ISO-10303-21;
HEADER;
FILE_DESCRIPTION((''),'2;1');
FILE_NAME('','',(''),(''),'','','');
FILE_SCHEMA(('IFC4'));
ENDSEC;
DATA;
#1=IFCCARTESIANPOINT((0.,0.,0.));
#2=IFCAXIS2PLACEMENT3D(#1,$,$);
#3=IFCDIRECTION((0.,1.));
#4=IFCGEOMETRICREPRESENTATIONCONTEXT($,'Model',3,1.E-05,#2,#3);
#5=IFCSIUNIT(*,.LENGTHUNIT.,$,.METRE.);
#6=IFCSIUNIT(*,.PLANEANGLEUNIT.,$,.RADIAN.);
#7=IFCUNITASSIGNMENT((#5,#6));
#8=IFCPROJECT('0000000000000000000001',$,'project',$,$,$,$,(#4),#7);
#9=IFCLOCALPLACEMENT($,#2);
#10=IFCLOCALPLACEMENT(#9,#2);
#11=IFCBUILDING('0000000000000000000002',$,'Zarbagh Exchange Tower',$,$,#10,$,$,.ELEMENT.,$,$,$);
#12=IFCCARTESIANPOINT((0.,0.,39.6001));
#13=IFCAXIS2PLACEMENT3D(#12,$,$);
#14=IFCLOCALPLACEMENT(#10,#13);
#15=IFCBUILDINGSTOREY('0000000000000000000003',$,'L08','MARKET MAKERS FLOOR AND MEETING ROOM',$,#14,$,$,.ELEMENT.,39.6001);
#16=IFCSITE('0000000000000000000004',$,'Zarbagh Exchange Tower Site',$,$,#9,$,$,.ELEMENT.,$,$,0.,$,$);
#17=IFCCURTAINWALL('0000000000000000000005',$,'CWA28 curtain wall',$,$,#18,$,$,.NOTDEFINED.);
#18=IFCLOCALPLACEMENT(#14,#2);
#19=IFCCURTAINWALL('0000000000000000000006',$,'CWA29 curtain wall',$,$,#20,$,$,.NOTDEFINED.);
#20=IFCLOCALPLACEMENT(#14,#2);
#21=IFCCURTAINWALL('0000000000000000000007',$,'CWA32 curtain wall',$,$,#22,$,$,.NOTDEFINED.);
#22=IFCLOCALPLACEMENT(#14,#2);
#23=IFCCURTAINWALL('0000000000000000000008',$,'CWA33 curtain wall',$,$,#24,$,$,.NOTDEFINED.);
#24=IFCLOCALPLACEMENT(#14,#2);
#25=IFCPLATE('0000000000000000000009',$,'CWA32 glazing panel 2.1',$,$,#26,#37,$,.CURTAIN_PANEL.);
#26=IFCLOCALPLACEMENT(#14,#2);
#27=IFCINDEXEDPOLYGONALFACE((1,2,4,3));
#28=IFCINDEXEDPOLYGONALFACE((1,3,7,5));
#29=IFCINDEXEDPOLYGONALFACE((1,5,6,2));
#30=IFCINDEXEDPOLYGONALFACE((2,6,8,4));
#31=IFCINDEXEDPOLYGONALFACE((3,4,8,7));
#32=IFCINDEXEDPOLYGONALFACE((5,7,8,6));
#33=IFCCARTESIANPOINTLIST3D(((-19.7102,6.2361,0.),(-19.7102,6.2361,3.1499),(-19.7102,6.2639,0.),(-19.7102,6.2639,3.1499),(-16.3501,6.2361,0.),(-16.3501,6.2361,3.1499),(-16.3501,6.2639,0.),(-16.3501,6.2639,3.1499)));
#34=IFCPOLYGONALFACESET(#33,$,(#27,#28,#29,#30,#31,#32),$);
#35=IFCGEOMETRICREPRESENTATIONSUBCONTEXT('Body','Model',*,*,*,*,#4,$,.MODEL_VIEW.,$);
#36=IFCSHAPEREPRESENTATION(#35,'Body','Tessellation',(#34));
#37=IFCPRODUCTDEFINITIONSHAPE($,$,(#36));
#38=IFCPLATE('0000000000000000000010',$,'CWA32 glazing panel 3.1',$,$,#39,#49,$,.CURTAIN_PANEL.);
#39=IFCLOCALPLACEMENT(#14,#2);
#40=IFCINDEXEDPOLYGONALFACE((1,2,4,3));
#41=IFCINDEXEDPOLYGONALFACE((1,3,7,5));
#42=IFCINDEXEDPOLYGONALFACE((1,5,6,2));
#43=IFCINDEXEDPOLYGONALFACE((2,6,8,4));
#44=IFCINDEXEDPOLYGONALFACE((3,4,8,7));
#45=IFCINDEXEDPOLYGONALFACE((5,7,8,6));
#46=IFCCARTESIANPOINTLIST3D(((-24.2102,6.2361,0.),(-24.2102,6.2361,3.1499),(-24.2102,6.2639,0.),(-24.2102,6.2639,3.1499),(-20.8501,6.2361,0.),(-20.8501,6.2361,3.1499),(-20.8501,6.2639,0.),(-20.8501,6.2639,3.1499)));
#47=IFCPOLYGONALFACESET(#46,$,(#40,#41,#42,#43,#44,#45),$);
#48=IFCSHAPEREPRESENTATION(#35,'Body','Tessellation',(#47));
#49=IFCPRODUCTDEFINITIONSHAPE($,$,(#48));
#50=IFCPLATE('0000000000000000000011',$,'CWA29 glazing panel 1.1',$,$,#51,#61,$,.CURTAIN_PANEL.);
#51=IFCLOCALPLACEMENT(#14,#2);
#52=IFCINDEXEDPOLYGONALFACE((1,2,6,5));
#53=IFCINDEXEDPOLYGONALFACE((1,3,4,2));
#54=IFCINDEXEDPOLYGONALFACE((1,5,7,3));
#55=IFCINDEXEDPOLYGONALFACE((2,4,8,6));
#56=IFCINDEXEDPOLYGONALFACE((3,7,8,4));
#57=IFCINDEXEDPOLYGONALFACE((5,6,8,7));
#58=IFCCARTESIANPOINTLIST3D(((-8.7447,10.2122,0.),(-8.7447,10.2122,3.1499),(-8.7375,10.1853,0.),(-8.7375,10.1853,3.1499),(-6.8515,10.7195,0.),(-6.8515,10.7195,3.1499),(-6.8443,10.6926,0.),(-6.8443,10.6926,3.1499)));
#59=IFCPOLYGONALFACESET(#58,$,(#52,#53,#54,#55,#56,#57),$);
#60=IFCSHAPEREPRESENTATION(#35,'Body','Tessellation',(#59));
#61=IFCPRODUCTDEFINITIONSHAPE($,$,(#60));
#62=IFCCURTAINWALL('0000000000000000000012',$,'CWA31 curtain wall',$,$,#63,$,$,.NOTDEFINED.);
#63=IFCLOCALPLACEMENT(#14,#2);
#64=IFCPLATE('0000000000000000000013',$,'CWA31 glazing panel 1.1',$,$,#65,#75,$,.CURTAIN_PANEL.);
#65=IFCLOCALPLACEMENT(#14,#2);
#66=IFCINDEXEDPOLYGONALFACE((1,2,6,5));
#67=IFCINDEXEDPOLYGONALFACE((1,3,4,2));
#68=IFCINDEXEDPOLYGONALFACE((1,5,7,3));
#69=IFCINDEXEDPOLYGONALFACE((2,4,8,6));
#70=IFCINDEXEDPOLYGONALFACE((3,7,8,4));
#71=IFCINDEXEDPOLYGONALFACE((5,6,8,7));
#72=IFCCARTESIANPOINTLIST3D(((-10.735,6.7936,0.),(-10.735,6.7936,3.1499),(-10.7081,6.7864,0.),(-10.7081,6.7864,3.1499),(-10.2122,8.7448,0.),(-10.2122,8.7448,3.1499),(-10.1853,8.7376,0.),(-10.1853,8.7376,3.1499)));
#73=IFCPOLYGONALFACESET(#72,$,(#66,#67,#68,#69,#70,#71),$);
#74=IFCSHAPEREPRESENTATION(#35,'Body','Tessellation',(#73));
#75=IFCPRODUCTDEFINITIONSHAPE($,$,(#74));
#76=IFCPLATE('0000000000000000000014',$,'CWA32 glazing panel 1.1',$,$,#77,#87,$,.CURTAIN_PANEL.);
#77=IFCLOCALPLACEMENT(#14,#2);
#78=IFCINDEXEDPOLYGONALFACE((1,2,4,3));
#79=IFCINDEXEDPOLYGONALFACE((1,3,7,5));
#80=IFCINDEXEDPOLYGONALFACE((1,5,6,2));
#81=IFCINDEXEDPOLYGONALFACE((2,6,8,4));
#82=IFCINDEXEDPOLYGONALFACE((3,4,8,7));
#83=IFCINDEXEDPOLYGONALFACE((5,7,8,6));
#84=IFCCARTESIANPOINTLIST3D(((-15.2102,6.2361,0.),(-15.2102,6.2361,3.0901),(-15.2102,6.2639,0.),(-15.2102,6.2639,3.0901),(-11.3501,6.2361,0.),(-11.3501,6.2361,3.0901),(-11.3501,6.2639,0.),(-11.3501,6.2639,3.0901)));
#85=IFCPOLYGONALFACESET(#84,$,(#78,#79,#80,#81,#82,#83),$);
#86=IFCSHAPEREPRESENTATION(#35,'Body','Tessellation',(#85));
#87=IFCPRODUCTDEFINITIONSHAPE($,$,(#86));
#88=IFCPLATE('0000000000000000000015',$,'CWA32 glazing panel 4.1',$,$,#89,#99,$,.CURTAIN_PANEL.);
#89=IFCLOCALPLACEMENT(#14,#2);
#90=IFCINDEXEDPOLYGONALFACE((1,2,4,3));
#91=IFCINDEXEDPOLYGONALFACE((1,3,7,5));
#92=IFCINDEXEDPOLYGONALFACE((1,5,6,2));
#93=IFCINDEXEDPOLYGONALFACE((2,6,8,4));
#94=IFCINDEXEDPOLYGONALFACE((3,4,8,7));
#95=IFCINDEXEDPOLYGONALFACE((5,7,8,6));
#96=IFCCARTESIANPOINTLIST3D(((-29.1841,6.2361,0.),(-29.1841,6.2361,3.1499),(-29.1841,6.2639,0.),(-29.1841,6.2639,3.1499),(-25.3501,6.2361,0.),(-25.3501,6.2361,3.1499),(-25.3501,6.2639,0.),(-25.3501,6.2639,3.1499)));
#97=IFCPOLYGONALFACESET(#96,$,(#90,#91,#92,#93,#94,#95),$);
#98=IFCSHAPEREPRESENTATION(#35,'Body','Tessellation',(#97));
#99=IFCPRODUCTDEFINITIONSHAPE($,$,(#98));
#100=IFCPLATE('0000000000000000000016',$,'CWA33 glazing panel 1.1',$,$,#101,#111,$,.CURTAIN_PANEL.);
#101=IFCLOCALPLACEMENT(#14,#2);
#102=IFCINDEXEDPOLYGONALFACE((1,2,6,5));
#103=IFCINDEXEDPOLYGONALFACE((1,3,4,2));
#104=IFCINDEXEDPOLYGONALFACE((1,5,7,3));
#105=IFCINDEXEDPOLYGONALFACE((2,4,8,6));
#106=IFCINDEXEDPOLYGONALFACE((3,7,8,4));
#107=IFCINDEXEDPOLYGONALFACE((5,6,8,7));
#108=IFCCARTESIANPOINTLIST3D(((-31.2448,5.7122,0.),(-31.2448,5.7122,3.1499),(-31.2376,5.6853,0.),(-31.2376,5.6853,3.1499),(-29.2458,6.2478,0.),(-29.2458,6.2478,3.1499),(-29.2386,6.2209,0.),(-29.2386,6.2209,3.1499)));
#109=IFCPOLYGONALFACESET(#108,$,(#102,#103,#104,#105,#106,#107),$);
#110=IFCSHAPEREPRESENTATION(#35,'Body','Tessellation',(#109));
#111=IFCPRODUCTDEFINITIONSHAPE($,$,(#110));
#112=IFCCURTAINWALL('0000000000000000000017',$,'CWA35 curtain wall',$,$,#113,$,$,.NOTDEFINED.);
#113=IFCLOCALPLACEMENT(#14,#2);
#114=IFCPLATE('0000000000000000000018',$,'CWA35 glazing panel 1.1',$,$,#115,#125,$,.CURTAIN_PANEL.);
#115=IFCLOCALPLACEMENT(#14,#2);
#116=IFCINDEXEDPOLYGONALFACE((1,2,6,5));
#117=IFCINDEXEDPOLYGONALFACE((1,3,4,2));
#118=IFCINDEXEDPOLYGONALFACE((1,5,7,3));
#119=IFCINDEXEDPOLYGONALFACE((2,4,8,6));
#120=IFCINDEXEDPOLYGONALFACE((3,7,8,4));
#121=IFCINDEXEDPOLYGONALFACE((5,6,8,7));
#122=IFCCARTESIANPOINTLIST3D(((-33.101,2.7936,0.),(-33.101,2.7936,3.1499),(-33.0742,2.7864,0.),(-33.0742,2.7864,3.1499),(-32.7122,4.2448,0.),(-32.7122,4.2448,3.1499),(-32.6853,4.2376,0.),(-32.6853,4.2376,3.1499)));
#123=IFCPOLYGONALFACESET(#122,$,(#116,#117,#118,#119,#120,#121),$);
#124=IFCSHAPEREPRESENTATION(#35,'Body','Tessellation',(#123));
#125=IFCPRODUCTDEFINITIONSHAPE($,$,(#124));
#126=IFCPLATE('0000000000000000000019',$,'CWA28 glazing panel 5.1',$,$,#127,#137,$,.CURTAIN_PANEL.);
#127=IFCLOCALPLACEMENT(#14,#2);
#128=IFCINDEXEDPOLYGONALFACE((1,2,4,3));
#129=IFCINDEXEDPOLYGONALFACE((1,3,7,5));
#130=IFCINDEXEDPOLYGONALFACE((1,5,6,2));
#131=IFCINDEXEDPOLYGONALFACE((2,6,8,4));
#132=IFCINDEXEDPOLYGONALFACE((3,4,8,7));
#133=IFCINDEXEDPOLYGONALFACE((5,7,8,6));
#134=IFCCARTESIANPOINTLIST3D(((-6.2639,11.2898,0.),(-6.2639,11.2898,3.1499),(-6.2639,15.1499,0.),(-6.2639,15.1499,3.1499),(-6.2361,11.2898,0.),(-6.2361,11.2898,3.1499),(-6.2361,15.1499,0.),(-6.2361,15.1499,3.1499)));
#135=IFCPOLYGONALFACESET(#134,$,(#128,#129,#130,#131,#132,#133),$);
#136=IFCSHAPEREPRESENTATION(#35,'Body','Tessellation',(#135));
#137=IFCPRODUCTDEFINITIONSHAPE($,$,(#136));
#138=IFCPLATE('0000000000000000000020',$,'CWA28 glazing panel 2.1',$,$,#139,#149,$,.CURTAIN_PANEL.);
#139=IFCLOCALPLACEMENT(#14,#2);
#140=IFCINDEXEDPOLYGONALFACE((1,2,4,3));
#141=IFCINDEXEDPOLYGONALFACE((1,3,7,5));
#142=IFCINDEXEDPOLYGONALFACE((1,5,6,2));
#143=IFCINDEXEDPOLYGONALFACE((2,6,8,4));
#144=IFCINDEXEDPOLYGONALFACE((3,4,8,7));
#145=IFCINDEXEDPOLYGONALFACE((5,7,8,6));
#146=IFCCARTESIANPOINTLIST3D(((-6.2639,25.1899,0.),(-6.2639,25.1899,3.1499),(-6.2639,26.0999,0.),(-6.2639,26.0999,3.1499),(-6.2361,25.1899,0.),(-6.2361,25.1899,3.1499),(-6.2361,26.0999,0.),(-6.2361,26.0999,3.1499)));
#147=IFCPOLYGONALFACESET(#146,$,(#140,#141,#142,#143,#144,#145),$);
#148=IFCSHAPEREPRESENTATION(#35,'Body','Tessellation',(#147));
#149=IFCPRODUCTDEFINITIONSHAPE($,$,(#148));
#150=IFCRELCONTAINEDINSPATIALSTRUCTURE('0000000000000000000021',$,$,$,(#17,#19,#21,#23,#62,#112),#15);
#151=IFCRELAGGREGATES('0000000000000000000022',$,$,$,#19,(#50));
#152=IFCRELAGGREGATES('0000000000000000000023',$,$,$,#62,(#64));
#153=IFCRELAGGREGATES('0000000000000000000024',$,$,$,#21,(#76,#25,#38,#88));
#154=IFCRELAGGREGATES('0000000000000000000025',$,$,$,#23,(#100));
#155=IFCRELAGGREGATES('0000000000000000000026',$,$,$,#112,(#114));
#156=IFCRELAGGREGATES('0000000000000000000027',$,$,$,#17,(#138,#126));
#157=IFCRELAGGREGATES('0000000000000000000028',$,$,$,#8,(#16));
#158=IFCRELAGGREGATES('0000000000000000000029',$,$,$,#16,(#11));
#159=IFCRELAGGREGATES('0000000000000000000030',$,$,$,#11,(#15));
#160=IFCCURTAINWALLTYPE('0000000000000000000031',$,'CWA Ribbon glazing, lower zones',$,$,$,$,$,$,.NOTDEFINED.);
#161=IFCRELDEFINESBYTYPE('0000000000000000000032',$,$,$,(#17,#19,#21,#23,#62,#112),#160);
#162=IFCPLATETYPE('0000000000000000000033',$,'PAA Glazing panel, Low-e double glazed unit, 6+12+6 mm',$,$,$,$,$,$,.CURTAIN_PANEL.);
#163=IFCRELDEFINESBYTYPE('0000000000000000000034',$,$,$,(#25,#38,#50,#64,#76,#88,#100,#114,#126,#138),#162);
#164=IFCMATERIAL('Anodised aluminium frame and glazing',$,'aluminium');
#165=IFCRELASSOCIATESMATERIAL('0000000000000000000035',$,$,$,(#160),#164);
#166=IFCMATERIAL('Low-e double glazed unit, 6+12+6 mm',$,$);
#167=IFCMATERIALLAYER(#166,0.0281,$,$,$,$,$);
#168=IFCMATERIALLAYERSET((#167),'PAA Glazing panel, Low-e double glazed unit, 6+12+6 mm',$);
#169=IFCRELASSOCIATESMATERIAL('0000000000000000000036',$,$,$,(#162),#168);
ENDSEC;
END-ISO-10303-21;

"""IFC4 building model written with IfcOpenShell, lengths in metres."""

from ifc_helpers import new_model, si_unit, direction, frame, origin, place, context, subcontext, project, spatial, polyline, outline, extrude, source, transform, mapped, material, layer, layer_set, type_object, element, aggregate, save


model = new_model("IFC4")

# Units and contexts
model_context = context("Model", 3, precision=1e-05, world=origin(), true_north=direction((0.0, 1.0)))
body_context = subcontext(model_context, "Body", "Model", "MODEL_VIEW")
ifc_project = project(units=[si_unit("LENGTHUNIT", "METRE"), si_unit("PLANEANGLEUNIT", "RADIAN")], contexts=[model_context])

# Site, building, storey
site_placement = place(None, origin())
site = spatial("IfcSite", under=ifc_project, at=site_placement, Name="Zarbagh Exchange Tower Site", CompositionType="ELEMENT", RefElevation=0.0)
building_placement = place(site_placement, origin())
building = spatial("IfcBuilding", under=site, at=building_placement, Name="Zarbagh Exchange Tower", CompositionType="ELEMENT")
storey_placement = place(building_placement, frame((0.0, 0.0, 39.6001)))
storey = spatial("IfcBuildingStorey", under=building, at=storey_placement, Name="L08", Description="MARKET MAKERS FLOOR AND MEETING ROOM", CompositionType="ELEMENT", Elevation=39.6001)

# Curtain wall
ifc_material_1 = material(Name="Anodised aluminium frame and glazing", Category="aluminium")
curtain_wall_type = type_object("IfcCurtainWallType", Name="CWA Ribbon glazing, lower zones", PredefinedType="NOTDEFINED", material=ifc_material_1)
curtain_wall_1_placement = place(storey_placement, origin())
curtain_wall_1 = element("IfcCurtainWall", 1, at=curtain_wall_1_placement, inside=storey, type_object=curtain_wall_type, Name="CWA28 curtain wall", PredefinedType="NOTDEFINED")
placement = place(storey_placement, origin())

# Curtain wall
curtain_wall_2_placement = place(storey_placement, origin())
curtain_wall_2 = element("IfcCurtainWall", 2, at=curtain_wall_2_placement, inside=storey, type_object=curtain_wall_type, Name="CWA29 curtain wall", PredefinedType="NOTDEFINED")

# Curtain wall
curtain_wall_3_placement = place(storey_placement, origin())
curtain_wall_3 = element("IfcCurtainWall", 3, at=curtain_wall_3_placement, inside=storey, type_object=curtain_wall_type, Name="CWA32 curtain wall", PredefinedType="NOTDEFINED")

# Curtain wall
curtain_wall_4_placement = place(storey_placement, origin())
curtain_wall_4 = element("IfcCurtainWall", 4, at=curtain_wall_4_placement, inside=storey, type_object=curtain_wall_type, Name="CWA33 curtain wall", PredefinedType="NOTDEFINED")

# Shared definitions
ifc_material_2 = material(Name="Low-e double glazed unit, 6+12+6 mm")
ifc_layer = layer(ifc_material_2, 0.0281)
ifc_layer_set = layer_set([ifc_layer], Name="PAA Glazing panel, Low-e double glazed unit, 6+12+6 mm")
plate_type = type_object("IfcPlateType", Name="PAA Glazing panel, Low-e double glazed unit, 6+12+6 mm", PredefinedType="CURTAIN_PANEL", material=ifc_layer_set)

# Plates
shared_shape_1 = source(origin(), body_context, "Body", "SweptSolid", [
    extrude(outline(polyline([(0.0, -0.0139), (3.3601, -0.0139), (3.3601, 0.0139), (0.0, 0.0139), (0.0, -0.0139)])), origin(), (0.0, 0.0, 1.0), 3.1499),
])
plate_1 = element("IfcPlate", 5, at=placement, type_object=plate_type, Name="CWA32 glazing panel 2.1", PredefinedType="CURTAIN_PANEL", context=body_context, shape_type="MappedRepresentation", body=[
    mapped(shared_shape_1, transform((-16.3501, 6.25, 0.0), x_axis=(-1.0, 0.0, 0.0), y_axis=(0.0, -1.0, 0.0), z_axis=(0.0, 0.0, 1.0))),
])
plate_2 = element("IfcPlate", 6, at=placement, type_object=plate_type, Name="CWA32 glazing panel 3.1", PredefinedType="CURTAIN_PANEL", context=body_context, shape_type="MappedRepresentation", body=[
    mapped(shared_shape_1, transform((-20.8501, 6.25, 0.0), x_axis=(-1.0, 0.0, 0.0), y_axis=(0.0, -1.0, 0.0), z_axis=(0.0, 0.0, 1.0))),
])
shared_shape_2 = source(origin(), body_context, "Body", "SweptSolid", [
    extrude(outline(polyline([(0.0, -0.0139), (1.96, -0.0139), (1.96, 0.0139), (0.0, 0.0139), (0.0, -0.0139)])), origin(), (0.0, 0.0, 1.0), 3.1499),
])
plate_3 = element("IfcPlate", 7, at=placement, type_object=plate_type, Name="CWA29 glazing panel 1.1", PredefinedType="CURTAIN_PANEL", context=body_context, shape_type="MappedRepresentation", body=[
    mapped(shared_shape_2, transform((-6.8479, 10.7061, 0.0), x_axis=(-0.965924, -0.258825, 0.0), y_axis=(0.258825, -0.965924, 0.0), z_axis=(0.0, 0.0, 1.0))),
])
aggregate(curtain_wall_2, [plate_3])

# Curtain wall, plate
curtain_wall_5_placement = place(storey_placement, origin())
curtain_wall_5 = element("IfcCurtainWall", 8, at=curtain_wall_5_placement, inside=storey, type_object=curtain_wall_type, Name="CWA31 curtain wall", PredefinedType="NOTDEFINED")
shared_shape_3 = source(origin(), body_context, "Body", "SweptSolid", [
    extrude(outline(polyline([(0.0, -0.0139), (2.02, -0.0139), (2.02, 0.0139), (0.0, 0.0139), (0.0, -0.0139)])), origin(), (0.0, 0.0, 1.0), 3.1499),
])
plate_4 = element("IfcPlate", 9, at=placement, type_object=plate_type, Name="CWA31 glazing panel 1.1", PredefinedType="CURTAIN_PANEL", context=body_context, shape_type="MappedRepresentation", body=[
    mapped(shared_shape_3, transform((-10.1987, 8.7412, 0.0), x_axis=(-0.258825, -0.965924, 0.0), y_axis=(0.965924, -0.258825, 0.0), z_axis=(0.0, 0.0, 1.0))),
])
aggregate(curtain_wall_5, [plate_4])

# Plates
shared_shape_4 = source(origin(), body_context, "Body", "SweptSolid", [
    extrude(outline(polyline([(0.0, -0.0139), (3.8601, -0.0139), (3.8601, 0.0139), (0.0, 0.0139), (0.0, -0.0139)])), origin(), (0.0, 0.0, 1.0), 3.0901),
])
plate_5 = element("IfcPlate", 10, at=placement, type_object=plate_type, Name="CWA32 glazing panel 1.1", PredefinedType="CURTAIN_PANEL", context=body_context, shape_type="MappedRepresentation", body=[
    mapped(shared_shape_4, transform((-11.3501, 6.25, 0.0), x_axis=(-1.0, 0.0, 0.0), y_axis=(0.0, -1.0, 0.0), z_axis=(0.0, 0.0, 1.0))),
])
shared_shape_5 = source(origin(), body_context, "Body", "SweptSolid", [
    extrude(outline(polyline([(0.0, -0.0139), (3.834, -0.0139), (3.834, 0.0139), (0.0, 0.0139), (0.0, -0.0139)])), origin(), (0.0, 0.0, 1.0), 3.1499),
])
plate_6 = element("IfcPlate", 11, at=placement, type_object=plate_type, Name="CWA32 glazing panel 4.1", PredefinedType="CURTAIN_PANEL", context=body_context, shape_type="MappedRepresentation", body=[
    mapped(shared_shape_5, transform((-25.3501, 6.25, 0.0), x_axis=(-1.0, 0.0, 0.0), y_axis=(0.0, -1.0, 0.0), z_axis=(0.0, 0.0, 1.0))),
])
aggregate(curtain_wall_3, [plate_5, plate_1, plate_2, plate_6])
shared_shape_6 = source(origin(), body_context, "Body", "SweptSolid", [
    extrude(outline(polyline([(0.0, -0.0139), (2.0696, -0.0139), (2.0696, 0.0139), (0.0, 0.0139), (0.0, -0.0139)])), origin(), (0.0, 0.0, 1.0), 3.1499),
])
plate_7 = element("IfcPlate", 12, at=placement, type_object=plate_type, Name="CWA33 glazing panel 1.1", PredefinedType="CURTAIN_PANEL", context=body_context, shape_type="MappedRepresentation", body=[
    mapped(shared_shape_6, transform((-29.2422, 6.2344, 0.0), x_axis=(-0.965924, -0.258825, 0.0), y_axis=(0.258825, -0.965924, 0.0), z_axis=(0.0, 0.0, 1.0))),
])
aggregate(curtain_wall_4, [plate_7])

# Curtain wall, plate
curtain_wall_6_placement = place(storey_placement, origin())
curtain_wall_6 = element("IfcCurtainWall", 13, at=curtain_wall_6_placement, inside=storey, type_object=curtain_wall_type, Name="CWA35 curtain wall", PredefinedType="NOTDEFINED")
shared_shape_7 = source(origin(), body_context, "Body", "SweptSolid", [
    extrude(outline(polyline([(0.0, -0.0139), (1.5024, -0.0139), (1.5024, 0.0139), (0.0, 0.0139), (0.0, -0.0139)])), origin(), (0.0, 0.0, 1.0), 3.1499),
])
plate_8 = element("IfcPlate", 14, at=placement, type_object=plate_type, Name="CWA35 glazing panel 1.1", PredefinedType="CURTAIN_PANEL", context=body_context, shape_type="MappedRepresentation", body=[
    mapped(shared_shape_7, transform((-32.6987, 4.2412, 0.0), x_axis=(-0.258825, -0.965924, 0.0), y_axis=(0.965924, -0.258825, 0.0), z_axis=(0.0, 0.0, 1.0))),
])
aggregate(curtain_wall_6, [plate_8])

# Plates
shared_shape_8 = source(origin(), body_context, "Body", "SweptSolid", [
    extrude(outline(polyline([(0.0, -0.0139), (3.8601, -0.0139), (3.8601, 0.0139), (0.0, 0.0139), (0.0, -0.0139)])), origin(), (0.0, 0.0, 1.0), 3.1499),
])
plate_9 = element("IfcPlate", 15, at=placement, type_object=plate_type, Name="CWA28 glazing panel 5.1", PredefinedType="CURTAIN_PANEL", context=body_context, shape_type="MappedRepresentation", body=[
    mapped(shared_shape_8, transform((-6.25, 15.1499, 0.0), x_axis=(0.0, -1.0, 0.0), y_axis=(1.0, 0.0, 0.0), z_axis=(0.0, 0.0, 1.0))),
])
shared_shape_9 = source(origin(), body_context, "Body", "SweptSolid", [
    extrude(outline(polyline([(0.0, -0.0139), (0.9099, -0.0139), (0.9099, 0.0139), (0.0, 0.0139), (0.0, -0.0139)])), origin(), (0.0, 0.0, 1.0), 3.1499),
])
plate_10 = element("IfcPlate", 16, at=placement, type_object=plate_type, Name="CWA28 glazing panel 2.1", PredefinedType="CURTAIN_PANEL", context=body_context, shape_type="MappedRepresentation", body=[
    mapped(shared_shape_9, transform((-6.25, 26.0999, 0.0), x_axis=(0.0, -1.0, 0.0), y_axis=(1.0, 0.0, 0.0), z_axis=(0.0, 0.0, 1.0))),
])
aggregate(curtain_wall_1, [plate_10, plate_9])

save(model, "model.ifc")
